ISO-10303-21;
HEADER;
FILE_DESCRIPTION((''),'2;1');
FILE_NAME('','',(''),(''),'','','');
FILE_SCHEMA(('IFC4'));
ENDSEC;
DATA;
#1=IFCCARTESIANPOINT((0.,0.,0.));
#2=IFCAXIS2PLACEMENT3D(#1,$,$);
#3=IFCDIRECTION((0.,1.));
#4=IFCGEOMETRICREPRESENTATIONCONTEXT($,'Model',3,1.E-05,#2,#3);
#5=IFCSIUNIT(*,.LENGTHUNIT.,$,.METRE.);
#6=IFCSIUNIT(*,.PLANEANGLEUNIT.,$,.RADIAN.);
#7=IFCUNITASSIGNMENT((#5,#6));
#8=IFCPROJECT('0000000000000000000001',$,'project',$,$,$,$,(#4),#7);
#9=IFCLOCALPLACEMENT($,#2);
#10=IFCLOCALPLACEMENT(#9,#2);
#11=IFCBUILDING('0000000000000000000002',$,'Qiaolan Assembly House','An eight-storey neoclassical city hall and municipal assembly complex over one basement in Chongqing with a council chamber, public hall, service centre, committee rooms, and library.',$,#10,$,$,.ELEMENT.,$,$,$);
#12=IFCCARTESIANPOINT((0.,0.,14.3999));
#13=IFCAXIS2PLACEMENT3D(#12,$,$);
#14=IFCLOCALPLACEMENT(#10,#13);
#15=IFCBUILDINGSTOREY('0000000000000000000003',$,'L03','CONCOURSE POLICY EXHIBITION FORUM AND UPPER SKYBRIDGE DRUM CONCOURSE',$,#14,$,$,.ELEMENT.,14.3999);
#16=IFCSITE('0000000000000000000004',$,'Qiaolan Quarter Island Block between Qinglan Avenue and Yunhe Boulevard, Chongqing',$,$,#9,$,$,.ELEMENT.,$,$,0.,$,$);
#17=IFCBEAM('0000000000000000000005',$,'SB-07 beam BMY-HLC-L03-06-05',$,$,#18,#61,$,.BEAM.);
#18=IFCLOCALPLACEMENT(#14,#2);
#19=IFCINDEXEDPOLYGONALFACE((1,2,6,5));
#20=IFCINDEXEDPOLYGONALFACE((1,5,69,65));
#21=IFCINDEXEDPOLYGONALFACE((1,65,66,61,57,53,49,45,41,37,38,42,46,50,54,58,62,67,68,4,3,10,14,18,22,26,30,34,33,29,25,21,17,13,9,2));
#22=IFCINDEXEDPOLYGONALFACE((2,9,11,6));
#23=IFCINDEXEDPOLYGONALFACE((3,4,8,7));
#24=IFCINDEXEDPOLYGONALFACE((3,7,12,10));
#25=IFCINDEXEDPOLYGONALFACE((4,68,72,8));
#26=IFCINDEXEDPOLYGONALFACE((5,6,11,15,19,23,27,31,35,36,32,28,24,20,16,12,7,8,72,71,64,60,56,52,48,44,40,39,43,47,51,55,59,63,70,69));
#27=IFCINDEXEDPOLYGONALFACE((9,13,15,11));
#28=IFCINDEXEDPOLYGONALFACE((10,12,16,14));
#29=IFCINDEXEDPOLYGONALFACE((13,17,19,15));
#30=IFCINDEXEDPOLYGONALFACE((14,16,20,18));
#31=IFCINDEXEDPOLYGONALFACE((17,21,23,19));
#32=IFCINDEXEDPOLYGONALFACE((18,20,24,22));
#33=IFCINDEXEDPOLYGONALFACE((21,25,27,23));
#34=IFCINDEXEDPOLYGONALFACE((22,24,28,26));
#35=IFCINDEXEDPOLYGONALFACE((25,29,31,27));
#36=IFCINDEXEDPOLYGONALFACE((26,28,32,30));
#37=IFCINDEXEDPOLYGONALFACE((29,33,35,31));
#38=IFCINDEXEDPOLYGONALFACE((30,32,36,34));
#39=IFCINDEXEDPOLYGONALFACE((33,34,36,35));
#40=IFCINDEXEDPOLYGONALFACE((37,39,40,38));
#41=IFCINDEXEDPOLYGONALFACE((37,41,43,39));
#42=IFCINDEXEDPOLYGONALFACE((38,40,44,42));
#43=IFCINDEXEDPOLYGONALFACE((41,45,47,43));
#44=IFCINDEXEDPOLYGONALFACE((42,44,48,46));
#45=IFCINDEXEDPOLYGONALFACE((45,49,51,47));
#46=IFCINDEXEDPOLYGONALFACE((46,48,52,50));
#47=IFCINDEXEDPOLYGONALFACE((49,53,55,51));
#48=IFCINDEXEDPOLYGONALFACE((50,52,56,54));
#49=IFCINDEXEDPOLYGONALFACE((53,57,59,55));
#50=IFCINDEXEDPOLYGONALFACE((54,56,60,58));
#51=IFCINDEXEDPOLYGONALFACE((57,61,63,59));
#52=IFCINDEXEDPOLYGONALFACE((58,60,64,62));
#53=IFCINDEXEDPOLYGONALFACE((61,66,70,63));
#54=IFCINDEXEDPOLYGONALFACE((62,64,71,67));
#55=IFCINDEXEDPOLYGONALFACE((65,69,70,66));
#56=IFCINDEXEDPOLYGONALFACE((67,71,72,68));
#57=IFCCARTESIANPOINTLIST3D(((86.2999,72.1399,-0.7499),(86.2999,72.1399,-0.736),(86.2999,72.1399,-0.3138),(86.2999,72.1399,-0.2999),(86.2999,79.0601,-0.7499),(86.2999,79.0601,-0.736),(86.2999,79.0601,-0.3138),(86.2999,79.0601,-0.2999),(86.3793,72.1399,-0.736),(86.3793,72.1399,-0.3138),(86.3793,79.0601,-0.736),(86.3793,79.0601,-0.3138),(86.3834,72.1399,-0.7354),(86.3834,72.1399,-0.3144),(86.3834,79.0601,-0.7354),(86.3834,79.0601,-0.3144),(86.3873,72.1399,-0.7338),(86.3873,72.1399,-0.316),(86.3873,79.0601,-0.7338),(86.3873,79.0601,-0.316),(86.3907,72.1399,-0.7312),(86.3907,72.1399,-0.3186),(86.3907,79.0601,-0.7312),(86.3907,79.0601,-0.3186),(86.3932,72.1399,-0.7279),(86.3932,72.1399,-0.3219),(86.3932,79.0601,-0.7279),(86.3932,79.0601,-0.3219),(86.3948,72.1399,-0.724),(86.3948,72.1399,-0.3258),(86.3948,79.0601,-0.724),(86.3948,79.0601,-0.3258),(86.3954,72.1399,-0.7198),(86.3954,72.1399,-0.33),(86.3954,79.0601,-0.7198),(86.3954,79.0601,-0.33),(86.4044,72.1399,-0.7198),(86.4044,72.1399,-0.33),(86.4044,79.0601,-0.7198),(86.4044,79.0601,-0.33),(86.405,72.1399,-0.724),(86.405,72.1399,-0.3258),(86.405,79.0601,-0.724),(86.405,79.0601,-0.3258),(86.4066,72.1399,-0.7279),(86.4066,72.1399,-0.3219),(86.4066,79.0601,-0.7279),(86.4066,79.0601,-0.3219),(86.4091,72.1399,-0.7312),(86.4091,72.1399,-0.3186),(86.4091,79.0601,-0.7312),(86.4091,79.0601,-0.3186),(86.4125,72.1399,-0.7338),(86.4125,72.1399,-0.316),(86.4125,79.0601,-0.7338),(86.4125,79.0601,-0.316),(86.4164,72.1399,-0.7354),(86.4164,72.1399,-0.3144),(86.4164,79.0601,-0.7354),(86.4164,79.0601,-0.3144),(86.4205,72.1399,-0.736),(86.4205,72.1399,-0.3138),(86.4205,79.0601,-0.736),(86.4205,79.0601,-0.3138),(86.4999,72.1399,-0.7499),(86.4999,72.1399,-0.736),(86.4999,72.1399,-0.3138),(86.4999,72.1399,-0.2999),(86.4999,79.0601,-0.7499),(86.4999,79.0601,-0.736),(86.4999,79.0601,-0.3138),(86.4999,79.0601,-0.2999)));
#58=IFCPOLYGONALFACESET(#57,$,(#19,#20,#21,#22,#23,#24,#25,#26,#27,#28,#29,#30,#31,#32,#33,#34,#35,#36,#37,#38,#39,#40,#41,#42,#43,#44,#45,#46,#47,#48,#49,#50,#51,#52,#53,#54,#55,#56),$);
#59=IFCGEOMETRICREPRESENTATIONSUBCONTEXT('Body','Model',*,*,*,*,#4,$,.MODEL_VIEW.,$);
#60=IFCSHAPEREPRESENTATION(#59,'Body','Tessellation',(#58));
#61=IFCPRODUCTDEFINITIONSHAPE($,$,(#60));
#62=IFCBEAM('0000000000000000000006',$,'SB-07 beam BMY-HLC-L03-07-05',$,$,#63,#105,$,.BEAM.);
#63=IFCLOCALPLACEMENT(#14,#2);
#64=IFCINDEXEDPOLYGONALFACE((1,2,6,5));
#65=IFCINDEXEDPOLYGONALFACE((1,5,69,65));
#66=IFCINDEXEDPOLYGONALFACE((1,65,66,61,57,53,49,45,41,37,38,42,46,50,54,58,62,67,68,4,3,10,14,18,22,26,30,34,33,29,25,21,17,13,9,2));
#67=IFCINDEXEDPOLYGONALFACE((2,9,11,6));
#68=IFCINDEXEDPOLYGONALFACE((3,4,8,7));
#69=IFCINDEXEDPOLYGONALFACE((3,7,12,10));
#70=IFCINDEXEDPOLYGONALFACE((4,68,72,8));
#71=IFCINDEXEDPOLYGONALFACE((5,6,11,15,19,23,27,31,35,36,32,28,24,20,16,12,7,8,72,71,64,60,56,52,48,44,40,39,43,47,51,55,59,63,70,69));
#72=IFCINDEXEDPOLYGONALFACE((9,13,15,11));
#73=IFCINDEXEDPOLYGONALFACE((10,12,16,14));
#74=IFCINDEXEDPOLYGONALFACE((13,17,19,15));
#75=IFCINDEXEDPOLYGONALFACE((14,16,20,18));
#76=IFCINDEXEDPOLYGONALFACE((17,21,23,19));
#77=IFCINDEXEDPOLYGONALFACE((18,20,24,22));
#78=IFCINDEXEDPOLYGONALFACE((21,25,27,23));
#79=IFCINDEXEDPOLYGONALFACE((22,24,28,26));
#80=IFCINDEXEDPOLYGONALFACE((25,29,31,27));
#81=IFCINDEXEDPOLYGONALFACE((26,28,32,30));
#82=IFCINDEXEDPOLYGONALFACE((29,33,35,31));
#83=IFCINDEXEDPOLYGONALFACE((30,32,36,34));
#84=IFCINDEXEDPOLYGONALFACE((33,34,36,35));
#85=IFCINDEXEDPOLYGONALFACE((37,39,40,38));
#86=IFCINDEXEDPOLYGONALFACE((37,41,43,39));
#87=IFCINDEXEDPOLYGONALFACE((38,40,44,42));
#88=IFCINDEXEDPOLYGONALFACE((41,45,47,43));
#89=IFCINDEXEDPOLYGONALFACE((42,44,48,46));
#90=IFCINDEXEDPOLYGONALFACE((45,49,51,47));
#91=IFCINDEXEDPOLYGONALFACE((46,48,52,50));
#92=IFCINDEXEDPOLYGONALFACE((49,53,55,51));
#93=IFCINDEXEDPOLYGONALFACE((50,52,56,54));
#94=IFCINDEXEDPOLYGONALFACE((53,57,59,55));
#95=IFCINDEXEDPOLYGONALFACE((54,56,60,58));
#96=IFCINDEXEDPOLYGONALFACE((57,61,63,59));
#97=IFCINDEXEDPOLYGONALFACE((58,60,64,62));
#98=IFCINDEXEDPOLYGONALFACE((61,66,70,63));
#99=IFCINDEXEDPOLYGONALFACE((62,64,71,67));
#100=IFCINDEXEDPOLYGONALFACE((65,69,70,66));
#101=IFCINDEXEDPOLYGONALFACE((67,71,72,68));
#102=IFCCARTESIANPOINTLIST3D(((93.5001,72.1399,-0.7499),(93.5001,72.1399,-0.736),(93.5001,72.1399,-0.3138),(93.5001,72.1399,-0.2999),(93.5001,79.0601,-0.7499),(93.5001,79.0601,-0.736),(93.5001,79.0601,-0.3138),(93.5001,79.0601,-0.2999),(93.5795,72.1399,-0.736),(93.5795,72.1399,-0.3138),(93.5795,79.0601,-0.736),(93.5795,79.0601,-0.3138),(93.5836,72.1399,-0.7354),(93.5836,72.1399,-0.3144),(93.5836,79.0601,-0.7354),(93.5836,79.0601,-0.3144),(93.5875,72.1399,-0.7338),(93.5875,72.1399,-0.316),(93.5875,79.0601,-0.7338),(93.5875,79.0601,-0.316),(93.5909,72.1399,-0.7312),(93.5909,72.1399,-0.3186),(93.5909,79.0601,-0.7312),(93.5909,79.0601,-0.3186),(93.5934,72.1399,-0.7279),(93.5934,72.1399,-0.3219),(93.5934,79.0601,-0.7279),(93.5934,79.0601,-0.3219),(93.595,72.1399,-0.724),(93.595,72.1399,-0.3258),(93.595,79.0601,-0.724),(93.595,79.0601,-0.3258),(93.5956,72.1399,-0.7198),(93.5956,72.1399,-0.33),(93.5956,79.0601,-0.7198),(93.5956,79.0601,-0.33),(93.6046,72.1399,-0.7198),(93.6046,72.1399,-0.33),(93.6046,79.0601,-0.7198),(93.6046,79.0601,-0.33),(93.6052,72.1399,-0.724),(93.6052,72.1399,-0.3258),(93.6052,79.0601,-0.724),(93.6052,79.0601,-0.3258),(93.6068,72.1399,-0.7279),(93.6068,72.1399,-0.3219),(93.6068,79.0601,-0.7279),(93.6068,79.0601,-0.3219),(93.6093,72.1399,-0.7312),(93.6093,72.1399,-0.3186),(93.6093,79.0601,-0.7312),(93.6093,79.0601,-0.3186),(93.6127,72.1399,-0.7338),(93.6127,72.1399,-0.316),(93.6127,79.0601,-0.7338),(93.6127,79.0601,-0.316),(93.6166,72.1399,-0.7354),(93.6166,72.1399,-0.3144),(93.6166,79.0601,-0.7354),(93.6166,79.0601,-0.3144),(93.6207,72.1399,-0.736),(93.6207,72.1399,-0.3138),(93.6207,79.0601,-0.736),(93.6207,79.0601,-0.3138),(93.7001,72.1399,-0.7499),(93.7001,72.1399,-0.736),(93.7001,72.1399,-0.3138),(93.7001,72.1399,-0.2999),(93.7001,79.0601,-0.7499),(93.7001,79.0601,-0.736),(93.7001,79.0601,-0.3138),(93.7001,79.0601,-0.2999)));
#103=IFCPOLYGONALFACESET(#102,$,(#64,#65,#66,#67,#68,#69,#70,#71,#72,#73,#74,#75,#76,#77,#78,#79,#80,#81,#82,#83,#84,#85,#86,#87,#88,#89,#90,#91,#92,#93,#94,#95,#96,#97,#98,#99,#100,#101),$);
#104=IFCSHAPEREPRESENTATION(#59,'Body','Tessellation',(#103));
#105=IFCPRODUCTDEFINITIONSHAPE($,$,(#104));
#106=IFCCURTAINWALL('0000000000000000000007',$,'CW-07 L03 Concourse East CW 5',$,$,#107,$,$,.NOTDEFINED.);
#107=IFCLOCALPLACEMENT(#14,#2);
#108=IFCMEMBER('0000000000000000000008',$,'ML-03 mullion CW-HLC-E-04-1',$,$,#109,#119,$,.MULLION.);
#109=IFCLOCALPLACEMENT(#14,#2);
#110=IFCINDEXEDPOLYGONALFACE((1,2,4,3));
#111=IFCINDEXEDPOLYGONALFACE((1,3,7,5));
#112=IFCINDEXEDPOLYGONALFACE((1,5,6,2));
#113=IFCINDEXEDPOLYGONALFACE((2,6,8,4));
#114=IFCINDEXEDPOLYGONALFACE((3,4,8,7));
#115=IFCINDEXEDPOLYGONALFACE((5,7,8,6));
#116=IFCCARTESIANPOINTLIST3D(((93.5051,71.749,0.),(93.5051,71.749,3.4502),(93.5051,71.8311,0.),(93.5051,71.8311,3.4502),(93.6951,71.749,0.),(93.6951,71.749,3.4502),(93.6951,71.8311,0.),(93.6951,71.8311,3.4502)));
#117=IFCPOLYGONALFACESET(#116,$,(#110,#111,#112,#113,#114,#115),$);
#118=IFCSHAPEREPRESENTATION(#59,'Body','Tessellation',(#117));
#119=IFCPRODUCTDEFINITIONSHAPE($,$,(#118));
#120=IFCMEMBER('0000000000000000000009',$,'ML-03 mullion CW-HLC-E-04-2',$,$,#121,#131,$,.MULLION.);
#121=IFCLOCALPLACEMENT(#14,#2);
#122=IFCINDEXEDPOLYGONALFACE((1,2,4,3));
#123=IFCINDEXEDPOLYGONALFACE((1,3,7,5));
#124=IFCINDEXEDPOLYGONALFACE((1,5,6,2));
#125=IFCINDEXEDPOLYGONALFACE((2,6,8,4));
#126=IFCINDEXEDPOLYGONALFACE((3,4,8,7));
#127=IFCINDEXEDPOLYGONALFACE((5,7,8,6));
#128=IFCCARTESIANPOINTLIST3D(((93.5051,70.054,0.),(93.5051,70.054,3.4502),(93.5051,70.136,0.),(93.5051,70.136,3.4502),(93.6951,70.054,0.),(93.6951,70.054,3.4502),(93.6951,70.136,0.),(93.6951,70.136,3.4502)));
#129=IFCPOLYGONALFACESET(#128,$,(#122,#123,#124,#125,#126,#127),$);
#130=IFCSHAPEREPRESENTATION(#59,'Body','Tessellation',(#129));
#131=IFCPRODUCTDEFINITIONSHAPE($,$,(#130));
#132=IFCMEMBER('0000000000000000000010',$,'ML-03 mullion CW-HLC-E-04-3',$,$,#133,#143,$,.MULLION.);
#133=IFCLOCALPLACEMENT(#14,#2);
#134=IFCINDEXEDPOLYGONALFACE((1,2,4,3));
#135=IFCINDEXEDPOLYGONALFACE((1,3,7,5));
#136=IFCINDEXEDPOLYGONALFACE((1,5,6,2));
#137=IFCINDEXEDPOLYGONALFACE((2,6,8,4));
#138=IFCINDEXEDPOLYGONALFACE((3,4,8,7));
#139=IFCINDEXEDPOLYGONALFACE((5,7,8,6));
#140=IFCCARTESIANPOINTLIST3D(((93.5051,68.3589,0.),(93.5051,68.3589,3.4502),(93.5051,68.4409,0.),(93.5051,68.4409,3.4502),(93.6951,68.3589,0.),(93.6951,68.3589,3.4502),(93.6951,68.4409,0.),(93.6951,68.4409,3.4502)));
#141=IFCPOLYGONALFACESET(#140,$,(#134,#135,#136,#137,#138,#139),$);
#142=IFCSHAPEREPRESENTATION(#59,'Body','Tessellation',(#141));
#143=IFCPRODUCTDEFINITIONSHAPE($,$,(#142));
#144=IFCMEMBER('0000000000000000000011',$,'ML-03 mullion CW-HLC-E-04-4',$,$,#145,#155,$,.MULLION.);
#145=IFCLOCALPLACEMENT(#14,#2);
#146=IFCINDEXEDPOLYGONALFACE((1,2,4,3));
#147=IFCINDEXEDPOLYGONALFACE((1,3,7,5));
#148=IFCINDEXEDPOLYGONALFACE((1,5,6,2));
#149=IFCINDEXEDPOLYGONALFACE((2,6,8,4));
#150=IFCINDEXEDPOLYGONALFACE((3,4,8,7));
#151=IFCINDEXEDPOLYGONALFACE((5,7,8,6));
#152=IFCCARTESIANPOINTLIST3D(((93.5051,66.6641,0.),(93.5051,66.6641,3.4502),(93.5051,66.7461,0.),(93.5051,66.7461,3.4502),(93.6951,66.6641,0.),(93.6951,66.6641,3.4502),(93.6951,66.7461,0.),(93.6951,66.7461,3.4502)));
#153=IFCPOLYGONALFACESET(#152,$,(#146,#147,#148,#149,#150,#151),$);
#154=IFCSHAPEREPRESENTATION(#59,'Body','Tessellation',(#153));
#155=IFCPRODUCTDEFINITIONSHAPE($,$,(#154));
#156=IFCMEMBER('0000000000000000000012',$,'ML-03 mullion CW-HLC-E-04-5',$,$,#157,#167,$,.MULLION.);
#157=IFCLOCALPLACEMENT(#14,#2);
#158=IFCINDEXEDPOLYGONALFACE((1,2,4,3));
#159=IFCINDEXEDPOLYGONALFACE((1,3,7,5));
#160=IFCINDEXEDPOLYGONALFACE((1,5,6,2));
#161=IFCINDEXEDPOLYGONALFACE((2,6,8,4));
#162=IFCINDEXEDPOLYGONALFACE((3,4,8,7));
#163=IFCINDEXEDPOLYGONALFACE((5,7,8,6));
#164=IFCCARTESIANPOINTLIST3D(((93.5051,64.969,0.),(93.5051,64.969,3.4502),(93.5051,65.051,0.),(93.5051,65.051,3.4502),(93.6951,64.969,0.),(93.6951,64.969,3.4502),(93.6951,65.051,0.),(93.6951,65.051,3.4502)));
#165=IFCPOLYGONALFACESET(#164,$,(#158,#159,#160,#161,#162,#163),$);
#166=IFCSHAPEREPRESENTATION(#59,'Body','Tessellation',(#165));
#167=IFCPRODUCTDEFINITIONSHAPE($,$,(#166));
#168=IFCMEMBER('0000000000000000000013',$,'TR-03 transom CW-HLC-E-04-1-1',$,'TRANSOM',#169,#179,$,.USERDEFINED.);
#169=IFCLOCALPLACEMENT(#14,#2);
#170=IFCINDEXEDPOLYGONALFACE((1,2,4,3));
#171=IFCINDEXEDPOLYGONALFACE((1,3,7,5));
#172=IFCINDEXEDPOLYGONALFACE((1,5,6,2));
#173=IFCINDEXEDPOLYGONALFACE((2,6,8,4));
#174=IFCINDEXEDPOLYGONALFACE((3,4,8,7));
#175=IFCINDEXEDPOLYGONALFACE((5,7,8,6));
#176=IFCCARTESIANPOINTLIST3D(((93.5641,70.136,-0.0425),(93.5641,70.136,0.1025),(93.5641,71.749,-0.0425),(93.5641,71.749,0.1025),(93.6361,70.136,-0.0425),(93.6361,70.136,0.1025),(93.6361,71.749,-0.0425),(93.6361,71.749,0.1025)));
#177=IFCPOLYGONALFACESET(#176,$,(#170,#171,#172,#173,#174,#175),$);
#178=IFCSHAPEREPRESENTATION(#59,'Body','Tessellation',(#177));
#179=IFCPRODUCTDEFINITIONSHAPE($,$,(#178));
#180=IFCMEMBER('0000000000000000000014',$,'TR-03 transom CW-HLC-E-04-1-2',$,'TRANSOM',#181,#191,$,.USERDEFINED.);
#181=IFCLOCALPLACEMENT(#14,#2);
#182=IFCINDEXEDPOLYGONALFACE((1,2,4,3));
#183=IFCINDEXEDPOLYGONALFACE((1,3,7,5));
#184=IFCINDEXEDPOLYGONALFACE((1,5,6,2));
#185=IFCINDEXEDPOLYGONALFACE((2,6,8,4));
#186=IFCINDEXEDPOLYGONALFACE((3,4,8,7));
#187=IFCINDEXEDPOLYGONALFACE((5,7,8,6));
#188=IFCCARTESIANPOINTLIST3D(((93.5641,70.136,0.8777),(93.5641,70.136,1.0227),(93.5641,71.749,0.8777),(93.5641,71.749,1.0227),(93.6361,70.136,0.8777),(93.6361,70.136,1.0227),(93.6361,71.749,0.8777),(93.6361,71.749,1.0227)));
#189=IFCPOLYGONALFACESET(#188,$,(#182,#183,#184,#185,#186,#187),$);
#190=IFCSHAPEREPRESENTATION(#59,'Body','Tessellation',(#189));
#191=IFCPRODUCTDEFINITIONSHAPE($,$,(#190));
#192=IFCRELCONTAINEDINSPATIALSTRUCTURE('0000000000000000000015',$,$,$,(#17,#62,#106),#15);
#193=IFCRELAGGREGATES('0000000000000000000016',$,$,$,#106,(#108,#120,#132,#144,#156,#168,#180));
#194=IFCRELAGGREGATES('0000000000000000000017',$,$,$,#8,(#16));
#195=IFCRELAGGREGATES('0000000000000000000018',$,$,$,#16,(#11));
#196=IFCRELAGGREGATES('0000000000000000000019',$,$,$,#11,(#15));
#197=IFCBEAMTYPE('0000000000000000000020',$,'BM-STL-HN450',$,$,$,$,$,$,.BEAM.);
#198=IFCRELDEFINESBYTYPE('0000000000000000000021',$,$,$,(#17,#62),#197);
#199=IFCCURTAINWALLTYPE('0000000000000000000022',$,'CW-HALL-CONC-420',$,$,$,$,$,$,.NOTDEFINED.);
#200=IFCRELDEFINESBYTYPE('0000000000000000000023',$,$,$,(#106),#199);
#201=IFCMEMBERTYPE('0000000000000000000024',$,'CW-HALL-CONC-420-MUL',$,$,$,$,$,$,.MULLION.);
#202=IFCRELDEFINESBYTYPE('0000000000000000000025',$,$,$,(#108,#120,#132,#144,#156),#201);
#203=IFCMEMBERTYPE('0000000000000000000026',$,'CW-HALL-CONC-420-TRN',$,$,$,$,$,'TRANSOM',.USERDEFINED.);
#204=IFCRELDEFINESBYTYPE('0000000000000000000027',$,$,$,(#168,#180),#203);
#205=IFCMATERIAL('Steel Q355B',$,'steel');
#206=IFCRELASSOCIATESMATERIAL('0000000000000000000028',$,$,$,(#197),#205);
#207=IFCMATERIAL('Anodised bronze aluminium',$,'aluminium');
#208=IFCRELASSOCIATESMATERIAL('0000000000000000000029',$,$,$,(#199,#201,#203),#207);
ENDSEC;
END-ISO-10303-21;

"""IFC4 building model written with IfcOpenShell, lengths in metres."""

from ifc_helpers import new_model, si_unit, direction, frame, origin, origin_2d, place, context, subcontext, project, spatial, rectangle, i_section, extrude, material, material_profile, profile_set, type_object, element, aggregate, save


model = new_model("IFC4")

# Units and contexts
model_context = context("Model", 3, precision=1e-05, world=origin(), true_north=direction((0.0, 1.0)))
body_context = subcontext(model_context, "Body", "Model", "MODEL_VIEW")
ifc_project = project(units=[si_unit("LENGTHUNIT", "METRE"), si_unit("PLANEANGLEUNIT", "RADIAN")], contexts=[model_context])

# Site, building, storey
site_placement = place(None, origin())
site = spatial("IfcSite", under=ifc_project, at=site_placement, Name="Qiaolan Quarter Island Block between Qinglan Avenue and Yunhe Boulevard, Chongqing", CompositionType="ELEMENT", RefElevation=0.0)
building_placement = place(site_placement, origin())
building = spatial("IfcBuilding", under=site, at=building_placement, Name="Qiaolan Assembly House", Description="An eight-storey neoclassical city hall and municipal assembly complex over one basement in Chongqing with a council chamber, public hall, service centre, committee rooms, and library.", CompositionType="ELEMENT")
storey_placement = place(building_placement, frame((0.0, 0.0, 14.3999)))
storey = spatial("IfcBuildingStorey", under=building, at=storey_placement, Name="L03", Description="CONCOURSE POLICY EXHIBITION FORUM AND UPPER SKYBRIDGE DRUM CONCOURSE", CompositionType="ELEMENT", Elevation=14.3999)

# Shared definitions
ifc_material_1 = material(Name="Steel Q355B", Category="steel")

# Beams
ifc_material_profile_1 = material_profile(ifc_material_1, i_section(OverallWidth=0.2, OverallDepth=0.45, WebThickness=0.009, FlangeThickness=0.0139, FilletRadius=0.0161, at=origin_2d()), Name="HN 450x200x9x14")
ifc_profile_set_1 = profile_set([ifc_material_profile_1], Name="Steel Q355B")
beam_type_1 = type_object("IfcBeamType", Name="BM-STL-HN450", PredefinedType="BEAM", material=ifc_profile_set_1)
for number, where, z_axis, x_axis, name in (
    (1, (86.3999, 72.1399, -0.5249), (0.0, 1.0, 0.0), (-1.0, 0.0, 0.0), "SB-07 beam BMY-HLC-L03-06-05"),
    (2, (93.6001, 72.1399, -0.5249), (0.0, 1.0, 0.0), (-1.0, 0.0, 0.0), "SB-07 beam BMY-HLC-L03-07-05"),
):
    element("IfcBeam", number, at=place(storey_placement, frame(where, z_axis=z_axis, x_axis=x_axis)), inside=storey, type_object=beam_type_1, Name=name, PredefinedType="BEAM", context=body_context, shape_type="SweptSolid", body=[
        extrude(i_section(OverallWidth=0.2, OverallDepth=0.45, WebThickness=0.009, FlangeThickness=0.0139, FilletRadius=0.0161, at=origin_2d()), origin(), (0.0, 0.0, 1.0), 6.9202),
    ])

# Curtain wall, members
ifc_material_2 = material(Name="Anodised bronze aluminium", Category="aluminium")
curtain_wall_type = type_object("IfcCurtainWallType", Name="CW-HALL-CONC-420", PredefinedType="NOTDEFINED", material=ifc_material_2)
curtain_wall_placement = place(storey_placement, origin())
curtain_wall = element("IfcCurtainWall", 3, at=curtain_wall_placement, inside=storey, type_object=curtain_wall_type, Name="CW-07 L03 Concourse East CW 5", PredefinedType="NOTDEFINED")
ifc_material_profile_2 = material_profile(ifc_material_2, rectangle(XDim=0.082, YDim=0.1899, at=origin_2d()), Name="MUL 82x190")
ifc_profile_set_2 = profile_set([ifc_material_profile_2], Name="Anodised bronze aluminium")
member_type_1 = type_object("IfcMemberType", Name="CW-HALL-CONC-420-MUL", PredefinedType="MULLION", material=ifc_profile_set_2)
member_1_placement = place(storey_placement, frame((93.6001, 71.79, 0.0), z_axis=(0.0, 0.0, 1.0), x_axis=(0.0, -1.0, 0.0)))
member_1 = element("IfcMember", 4, at=member_1_placement, type_object=member_type_1, Name="ML-03 mullion CW-HLC-E-04-1", PredefinedType="MULLION", context=body_context, shape_type="SweptSolid", body=[
    extrude(rectangle(XDim=0.082, YDim=0.1899, at=origin_2d()), origin(), (0.0, 0.0, 1.0), 3.4502),
])
member_2_placement = place(storey_placement, frame((93.6001, 70.095, 0.0), z_axis=(0.0, 0.0, 1.0), x_axis=(0.0, -1.0, 0.0)))
member_2 = element("IfcMember", 5, at=member_2_placement, type_object=member_type_1, Name="ML-03 mullion CW-HLC-E-04-2", PredefinedType="MULLION", context=body_context, shape_type="SweptSolid", body=[
    extrude(rectangle(XDim=0.082, YDim=0.1899, at=origin_2d()), origin(), (0.0, 0.0, 1.0), 3.4502),
])
member_3_placement = place(storey_placement, frame((93.6001, 68.3999, 0.0), z_axis=(0.0, 0.0, 1.0), x_axis=(0.0, -1.0, 0.0)))
member_3 = element("IfcMember", 6, at=member_3_placement, type_object=member_type_1, Name="ML-03 mullion CW-HLC-E-04-3", PredefinedType="MULLION", context=body_context, shape_type="SweptSolid", body=[
    extrude(rectangle(XDim=0.082, YDim=0.1899, at=origin_2d()), origin(), (0.0, 0.0, 1.0), 3.4502),
])
member_4_placement = place(storey_placement, frame((93.6001, 66.7051, 0.0), z_axis=(0.0, 0.0, 1.0), x_axis=(0.0, -1.0, 0.0)))
member_4 = element("IfcMember", 7, at=member_4_placement, type_object=member_type_1, Name="ML-03 mullion CW-HLC-E-04-4", PredefinedType="MULLION", context=body_context, shape_type="SweptSolid", body=[
    extrude(rectangle(XDim=0.082, YDim=0.1899, at=origin_2d()), origin(), (0.0, 0.0, 1.0), 3.4502),
])
member_5_placement = place(storey_placement, frame((93.6001, 65.01, 0.0), z_axis=(0.0, 0.0, 1.0), x_axis=(0.0, -1.0, 0.0)))
member_5 = element("IfcMember", 8, at=member_5_placement, type_object=member_type_1, Name="ML-03 mullion CW-HLC-E-04-5", PredefinedType="MULLION", context=body_context, shape_type="SweptSolid", body=[
    extrude(rectangle(XDim=0.082, YDim=0.1899, at=origin_2d()), origin(), (0.0, 0.0, 1.0), 3.4502),
])
ifc_material_profile_3 = material_profile(ifc_material_2, rectangle(XDim=0.072, YDim=0.145, at=origin_2d()), Name="TRN 72x145")
ifc_profile_set_3 = profile_set([ifc_material_profile_3], Name="Anodised bronze aluminium")
member_type_2 = type_object("IfcMemberType", Name="CW-HALL-CONC-420-TRN", ElementType="TRANSOM", PredefinedType="USERDEFINED", material=ifc_profile_set_3)
member_6_placement = place(storey_placement, frame((93.6001, 71.749, 0.03), z_axis=(0.0, -1.0, 0.0), x_axis=(1.0, 0.0, 0.0)))
member_6 = element("IfcMember", 9, at=member_6_placement, type_object=member_type_2, Name="TR-03 transom CW-HLC-E-04-1-1", ObjectType="TRANSOM", PredefinedType="USERDEFINED", context=body_context, shape_type="SweptSolid", body=[
    extrude(rectangle(XDim=0.072, YDim=0.145, at=origin_2d()), origin(), (0.0, 0.0, 1.0), 1.613),
])
member_7_placement = place(storey_placement, frame((93.6001, 71.749, 0.9502), z_axis=(0.0, -1.0, 0.0), x_axis=(1.0, 0.0, 0.0)))
member_7 = element("IfcMember", 10, at=member_7_placement, type_object=member_type_2, Name="TR-03 transom CW-HLC-E-04-1-2", ObjectType="TRANSOM", PredefinedType="USERDEFINED", context=body_context, shape_type="SweptSolid", body=[
    extrude(rectangle(XDim=0.072, YDim=0.145, at=origin_2d()), origin(), (0.0, 0.0, 1.0), 1.613),
])

aggregate(curtain_wall, [member_1, member_2, member_3, member_4, member_5, member_6, member_7])

save(model, "model.ifc")
